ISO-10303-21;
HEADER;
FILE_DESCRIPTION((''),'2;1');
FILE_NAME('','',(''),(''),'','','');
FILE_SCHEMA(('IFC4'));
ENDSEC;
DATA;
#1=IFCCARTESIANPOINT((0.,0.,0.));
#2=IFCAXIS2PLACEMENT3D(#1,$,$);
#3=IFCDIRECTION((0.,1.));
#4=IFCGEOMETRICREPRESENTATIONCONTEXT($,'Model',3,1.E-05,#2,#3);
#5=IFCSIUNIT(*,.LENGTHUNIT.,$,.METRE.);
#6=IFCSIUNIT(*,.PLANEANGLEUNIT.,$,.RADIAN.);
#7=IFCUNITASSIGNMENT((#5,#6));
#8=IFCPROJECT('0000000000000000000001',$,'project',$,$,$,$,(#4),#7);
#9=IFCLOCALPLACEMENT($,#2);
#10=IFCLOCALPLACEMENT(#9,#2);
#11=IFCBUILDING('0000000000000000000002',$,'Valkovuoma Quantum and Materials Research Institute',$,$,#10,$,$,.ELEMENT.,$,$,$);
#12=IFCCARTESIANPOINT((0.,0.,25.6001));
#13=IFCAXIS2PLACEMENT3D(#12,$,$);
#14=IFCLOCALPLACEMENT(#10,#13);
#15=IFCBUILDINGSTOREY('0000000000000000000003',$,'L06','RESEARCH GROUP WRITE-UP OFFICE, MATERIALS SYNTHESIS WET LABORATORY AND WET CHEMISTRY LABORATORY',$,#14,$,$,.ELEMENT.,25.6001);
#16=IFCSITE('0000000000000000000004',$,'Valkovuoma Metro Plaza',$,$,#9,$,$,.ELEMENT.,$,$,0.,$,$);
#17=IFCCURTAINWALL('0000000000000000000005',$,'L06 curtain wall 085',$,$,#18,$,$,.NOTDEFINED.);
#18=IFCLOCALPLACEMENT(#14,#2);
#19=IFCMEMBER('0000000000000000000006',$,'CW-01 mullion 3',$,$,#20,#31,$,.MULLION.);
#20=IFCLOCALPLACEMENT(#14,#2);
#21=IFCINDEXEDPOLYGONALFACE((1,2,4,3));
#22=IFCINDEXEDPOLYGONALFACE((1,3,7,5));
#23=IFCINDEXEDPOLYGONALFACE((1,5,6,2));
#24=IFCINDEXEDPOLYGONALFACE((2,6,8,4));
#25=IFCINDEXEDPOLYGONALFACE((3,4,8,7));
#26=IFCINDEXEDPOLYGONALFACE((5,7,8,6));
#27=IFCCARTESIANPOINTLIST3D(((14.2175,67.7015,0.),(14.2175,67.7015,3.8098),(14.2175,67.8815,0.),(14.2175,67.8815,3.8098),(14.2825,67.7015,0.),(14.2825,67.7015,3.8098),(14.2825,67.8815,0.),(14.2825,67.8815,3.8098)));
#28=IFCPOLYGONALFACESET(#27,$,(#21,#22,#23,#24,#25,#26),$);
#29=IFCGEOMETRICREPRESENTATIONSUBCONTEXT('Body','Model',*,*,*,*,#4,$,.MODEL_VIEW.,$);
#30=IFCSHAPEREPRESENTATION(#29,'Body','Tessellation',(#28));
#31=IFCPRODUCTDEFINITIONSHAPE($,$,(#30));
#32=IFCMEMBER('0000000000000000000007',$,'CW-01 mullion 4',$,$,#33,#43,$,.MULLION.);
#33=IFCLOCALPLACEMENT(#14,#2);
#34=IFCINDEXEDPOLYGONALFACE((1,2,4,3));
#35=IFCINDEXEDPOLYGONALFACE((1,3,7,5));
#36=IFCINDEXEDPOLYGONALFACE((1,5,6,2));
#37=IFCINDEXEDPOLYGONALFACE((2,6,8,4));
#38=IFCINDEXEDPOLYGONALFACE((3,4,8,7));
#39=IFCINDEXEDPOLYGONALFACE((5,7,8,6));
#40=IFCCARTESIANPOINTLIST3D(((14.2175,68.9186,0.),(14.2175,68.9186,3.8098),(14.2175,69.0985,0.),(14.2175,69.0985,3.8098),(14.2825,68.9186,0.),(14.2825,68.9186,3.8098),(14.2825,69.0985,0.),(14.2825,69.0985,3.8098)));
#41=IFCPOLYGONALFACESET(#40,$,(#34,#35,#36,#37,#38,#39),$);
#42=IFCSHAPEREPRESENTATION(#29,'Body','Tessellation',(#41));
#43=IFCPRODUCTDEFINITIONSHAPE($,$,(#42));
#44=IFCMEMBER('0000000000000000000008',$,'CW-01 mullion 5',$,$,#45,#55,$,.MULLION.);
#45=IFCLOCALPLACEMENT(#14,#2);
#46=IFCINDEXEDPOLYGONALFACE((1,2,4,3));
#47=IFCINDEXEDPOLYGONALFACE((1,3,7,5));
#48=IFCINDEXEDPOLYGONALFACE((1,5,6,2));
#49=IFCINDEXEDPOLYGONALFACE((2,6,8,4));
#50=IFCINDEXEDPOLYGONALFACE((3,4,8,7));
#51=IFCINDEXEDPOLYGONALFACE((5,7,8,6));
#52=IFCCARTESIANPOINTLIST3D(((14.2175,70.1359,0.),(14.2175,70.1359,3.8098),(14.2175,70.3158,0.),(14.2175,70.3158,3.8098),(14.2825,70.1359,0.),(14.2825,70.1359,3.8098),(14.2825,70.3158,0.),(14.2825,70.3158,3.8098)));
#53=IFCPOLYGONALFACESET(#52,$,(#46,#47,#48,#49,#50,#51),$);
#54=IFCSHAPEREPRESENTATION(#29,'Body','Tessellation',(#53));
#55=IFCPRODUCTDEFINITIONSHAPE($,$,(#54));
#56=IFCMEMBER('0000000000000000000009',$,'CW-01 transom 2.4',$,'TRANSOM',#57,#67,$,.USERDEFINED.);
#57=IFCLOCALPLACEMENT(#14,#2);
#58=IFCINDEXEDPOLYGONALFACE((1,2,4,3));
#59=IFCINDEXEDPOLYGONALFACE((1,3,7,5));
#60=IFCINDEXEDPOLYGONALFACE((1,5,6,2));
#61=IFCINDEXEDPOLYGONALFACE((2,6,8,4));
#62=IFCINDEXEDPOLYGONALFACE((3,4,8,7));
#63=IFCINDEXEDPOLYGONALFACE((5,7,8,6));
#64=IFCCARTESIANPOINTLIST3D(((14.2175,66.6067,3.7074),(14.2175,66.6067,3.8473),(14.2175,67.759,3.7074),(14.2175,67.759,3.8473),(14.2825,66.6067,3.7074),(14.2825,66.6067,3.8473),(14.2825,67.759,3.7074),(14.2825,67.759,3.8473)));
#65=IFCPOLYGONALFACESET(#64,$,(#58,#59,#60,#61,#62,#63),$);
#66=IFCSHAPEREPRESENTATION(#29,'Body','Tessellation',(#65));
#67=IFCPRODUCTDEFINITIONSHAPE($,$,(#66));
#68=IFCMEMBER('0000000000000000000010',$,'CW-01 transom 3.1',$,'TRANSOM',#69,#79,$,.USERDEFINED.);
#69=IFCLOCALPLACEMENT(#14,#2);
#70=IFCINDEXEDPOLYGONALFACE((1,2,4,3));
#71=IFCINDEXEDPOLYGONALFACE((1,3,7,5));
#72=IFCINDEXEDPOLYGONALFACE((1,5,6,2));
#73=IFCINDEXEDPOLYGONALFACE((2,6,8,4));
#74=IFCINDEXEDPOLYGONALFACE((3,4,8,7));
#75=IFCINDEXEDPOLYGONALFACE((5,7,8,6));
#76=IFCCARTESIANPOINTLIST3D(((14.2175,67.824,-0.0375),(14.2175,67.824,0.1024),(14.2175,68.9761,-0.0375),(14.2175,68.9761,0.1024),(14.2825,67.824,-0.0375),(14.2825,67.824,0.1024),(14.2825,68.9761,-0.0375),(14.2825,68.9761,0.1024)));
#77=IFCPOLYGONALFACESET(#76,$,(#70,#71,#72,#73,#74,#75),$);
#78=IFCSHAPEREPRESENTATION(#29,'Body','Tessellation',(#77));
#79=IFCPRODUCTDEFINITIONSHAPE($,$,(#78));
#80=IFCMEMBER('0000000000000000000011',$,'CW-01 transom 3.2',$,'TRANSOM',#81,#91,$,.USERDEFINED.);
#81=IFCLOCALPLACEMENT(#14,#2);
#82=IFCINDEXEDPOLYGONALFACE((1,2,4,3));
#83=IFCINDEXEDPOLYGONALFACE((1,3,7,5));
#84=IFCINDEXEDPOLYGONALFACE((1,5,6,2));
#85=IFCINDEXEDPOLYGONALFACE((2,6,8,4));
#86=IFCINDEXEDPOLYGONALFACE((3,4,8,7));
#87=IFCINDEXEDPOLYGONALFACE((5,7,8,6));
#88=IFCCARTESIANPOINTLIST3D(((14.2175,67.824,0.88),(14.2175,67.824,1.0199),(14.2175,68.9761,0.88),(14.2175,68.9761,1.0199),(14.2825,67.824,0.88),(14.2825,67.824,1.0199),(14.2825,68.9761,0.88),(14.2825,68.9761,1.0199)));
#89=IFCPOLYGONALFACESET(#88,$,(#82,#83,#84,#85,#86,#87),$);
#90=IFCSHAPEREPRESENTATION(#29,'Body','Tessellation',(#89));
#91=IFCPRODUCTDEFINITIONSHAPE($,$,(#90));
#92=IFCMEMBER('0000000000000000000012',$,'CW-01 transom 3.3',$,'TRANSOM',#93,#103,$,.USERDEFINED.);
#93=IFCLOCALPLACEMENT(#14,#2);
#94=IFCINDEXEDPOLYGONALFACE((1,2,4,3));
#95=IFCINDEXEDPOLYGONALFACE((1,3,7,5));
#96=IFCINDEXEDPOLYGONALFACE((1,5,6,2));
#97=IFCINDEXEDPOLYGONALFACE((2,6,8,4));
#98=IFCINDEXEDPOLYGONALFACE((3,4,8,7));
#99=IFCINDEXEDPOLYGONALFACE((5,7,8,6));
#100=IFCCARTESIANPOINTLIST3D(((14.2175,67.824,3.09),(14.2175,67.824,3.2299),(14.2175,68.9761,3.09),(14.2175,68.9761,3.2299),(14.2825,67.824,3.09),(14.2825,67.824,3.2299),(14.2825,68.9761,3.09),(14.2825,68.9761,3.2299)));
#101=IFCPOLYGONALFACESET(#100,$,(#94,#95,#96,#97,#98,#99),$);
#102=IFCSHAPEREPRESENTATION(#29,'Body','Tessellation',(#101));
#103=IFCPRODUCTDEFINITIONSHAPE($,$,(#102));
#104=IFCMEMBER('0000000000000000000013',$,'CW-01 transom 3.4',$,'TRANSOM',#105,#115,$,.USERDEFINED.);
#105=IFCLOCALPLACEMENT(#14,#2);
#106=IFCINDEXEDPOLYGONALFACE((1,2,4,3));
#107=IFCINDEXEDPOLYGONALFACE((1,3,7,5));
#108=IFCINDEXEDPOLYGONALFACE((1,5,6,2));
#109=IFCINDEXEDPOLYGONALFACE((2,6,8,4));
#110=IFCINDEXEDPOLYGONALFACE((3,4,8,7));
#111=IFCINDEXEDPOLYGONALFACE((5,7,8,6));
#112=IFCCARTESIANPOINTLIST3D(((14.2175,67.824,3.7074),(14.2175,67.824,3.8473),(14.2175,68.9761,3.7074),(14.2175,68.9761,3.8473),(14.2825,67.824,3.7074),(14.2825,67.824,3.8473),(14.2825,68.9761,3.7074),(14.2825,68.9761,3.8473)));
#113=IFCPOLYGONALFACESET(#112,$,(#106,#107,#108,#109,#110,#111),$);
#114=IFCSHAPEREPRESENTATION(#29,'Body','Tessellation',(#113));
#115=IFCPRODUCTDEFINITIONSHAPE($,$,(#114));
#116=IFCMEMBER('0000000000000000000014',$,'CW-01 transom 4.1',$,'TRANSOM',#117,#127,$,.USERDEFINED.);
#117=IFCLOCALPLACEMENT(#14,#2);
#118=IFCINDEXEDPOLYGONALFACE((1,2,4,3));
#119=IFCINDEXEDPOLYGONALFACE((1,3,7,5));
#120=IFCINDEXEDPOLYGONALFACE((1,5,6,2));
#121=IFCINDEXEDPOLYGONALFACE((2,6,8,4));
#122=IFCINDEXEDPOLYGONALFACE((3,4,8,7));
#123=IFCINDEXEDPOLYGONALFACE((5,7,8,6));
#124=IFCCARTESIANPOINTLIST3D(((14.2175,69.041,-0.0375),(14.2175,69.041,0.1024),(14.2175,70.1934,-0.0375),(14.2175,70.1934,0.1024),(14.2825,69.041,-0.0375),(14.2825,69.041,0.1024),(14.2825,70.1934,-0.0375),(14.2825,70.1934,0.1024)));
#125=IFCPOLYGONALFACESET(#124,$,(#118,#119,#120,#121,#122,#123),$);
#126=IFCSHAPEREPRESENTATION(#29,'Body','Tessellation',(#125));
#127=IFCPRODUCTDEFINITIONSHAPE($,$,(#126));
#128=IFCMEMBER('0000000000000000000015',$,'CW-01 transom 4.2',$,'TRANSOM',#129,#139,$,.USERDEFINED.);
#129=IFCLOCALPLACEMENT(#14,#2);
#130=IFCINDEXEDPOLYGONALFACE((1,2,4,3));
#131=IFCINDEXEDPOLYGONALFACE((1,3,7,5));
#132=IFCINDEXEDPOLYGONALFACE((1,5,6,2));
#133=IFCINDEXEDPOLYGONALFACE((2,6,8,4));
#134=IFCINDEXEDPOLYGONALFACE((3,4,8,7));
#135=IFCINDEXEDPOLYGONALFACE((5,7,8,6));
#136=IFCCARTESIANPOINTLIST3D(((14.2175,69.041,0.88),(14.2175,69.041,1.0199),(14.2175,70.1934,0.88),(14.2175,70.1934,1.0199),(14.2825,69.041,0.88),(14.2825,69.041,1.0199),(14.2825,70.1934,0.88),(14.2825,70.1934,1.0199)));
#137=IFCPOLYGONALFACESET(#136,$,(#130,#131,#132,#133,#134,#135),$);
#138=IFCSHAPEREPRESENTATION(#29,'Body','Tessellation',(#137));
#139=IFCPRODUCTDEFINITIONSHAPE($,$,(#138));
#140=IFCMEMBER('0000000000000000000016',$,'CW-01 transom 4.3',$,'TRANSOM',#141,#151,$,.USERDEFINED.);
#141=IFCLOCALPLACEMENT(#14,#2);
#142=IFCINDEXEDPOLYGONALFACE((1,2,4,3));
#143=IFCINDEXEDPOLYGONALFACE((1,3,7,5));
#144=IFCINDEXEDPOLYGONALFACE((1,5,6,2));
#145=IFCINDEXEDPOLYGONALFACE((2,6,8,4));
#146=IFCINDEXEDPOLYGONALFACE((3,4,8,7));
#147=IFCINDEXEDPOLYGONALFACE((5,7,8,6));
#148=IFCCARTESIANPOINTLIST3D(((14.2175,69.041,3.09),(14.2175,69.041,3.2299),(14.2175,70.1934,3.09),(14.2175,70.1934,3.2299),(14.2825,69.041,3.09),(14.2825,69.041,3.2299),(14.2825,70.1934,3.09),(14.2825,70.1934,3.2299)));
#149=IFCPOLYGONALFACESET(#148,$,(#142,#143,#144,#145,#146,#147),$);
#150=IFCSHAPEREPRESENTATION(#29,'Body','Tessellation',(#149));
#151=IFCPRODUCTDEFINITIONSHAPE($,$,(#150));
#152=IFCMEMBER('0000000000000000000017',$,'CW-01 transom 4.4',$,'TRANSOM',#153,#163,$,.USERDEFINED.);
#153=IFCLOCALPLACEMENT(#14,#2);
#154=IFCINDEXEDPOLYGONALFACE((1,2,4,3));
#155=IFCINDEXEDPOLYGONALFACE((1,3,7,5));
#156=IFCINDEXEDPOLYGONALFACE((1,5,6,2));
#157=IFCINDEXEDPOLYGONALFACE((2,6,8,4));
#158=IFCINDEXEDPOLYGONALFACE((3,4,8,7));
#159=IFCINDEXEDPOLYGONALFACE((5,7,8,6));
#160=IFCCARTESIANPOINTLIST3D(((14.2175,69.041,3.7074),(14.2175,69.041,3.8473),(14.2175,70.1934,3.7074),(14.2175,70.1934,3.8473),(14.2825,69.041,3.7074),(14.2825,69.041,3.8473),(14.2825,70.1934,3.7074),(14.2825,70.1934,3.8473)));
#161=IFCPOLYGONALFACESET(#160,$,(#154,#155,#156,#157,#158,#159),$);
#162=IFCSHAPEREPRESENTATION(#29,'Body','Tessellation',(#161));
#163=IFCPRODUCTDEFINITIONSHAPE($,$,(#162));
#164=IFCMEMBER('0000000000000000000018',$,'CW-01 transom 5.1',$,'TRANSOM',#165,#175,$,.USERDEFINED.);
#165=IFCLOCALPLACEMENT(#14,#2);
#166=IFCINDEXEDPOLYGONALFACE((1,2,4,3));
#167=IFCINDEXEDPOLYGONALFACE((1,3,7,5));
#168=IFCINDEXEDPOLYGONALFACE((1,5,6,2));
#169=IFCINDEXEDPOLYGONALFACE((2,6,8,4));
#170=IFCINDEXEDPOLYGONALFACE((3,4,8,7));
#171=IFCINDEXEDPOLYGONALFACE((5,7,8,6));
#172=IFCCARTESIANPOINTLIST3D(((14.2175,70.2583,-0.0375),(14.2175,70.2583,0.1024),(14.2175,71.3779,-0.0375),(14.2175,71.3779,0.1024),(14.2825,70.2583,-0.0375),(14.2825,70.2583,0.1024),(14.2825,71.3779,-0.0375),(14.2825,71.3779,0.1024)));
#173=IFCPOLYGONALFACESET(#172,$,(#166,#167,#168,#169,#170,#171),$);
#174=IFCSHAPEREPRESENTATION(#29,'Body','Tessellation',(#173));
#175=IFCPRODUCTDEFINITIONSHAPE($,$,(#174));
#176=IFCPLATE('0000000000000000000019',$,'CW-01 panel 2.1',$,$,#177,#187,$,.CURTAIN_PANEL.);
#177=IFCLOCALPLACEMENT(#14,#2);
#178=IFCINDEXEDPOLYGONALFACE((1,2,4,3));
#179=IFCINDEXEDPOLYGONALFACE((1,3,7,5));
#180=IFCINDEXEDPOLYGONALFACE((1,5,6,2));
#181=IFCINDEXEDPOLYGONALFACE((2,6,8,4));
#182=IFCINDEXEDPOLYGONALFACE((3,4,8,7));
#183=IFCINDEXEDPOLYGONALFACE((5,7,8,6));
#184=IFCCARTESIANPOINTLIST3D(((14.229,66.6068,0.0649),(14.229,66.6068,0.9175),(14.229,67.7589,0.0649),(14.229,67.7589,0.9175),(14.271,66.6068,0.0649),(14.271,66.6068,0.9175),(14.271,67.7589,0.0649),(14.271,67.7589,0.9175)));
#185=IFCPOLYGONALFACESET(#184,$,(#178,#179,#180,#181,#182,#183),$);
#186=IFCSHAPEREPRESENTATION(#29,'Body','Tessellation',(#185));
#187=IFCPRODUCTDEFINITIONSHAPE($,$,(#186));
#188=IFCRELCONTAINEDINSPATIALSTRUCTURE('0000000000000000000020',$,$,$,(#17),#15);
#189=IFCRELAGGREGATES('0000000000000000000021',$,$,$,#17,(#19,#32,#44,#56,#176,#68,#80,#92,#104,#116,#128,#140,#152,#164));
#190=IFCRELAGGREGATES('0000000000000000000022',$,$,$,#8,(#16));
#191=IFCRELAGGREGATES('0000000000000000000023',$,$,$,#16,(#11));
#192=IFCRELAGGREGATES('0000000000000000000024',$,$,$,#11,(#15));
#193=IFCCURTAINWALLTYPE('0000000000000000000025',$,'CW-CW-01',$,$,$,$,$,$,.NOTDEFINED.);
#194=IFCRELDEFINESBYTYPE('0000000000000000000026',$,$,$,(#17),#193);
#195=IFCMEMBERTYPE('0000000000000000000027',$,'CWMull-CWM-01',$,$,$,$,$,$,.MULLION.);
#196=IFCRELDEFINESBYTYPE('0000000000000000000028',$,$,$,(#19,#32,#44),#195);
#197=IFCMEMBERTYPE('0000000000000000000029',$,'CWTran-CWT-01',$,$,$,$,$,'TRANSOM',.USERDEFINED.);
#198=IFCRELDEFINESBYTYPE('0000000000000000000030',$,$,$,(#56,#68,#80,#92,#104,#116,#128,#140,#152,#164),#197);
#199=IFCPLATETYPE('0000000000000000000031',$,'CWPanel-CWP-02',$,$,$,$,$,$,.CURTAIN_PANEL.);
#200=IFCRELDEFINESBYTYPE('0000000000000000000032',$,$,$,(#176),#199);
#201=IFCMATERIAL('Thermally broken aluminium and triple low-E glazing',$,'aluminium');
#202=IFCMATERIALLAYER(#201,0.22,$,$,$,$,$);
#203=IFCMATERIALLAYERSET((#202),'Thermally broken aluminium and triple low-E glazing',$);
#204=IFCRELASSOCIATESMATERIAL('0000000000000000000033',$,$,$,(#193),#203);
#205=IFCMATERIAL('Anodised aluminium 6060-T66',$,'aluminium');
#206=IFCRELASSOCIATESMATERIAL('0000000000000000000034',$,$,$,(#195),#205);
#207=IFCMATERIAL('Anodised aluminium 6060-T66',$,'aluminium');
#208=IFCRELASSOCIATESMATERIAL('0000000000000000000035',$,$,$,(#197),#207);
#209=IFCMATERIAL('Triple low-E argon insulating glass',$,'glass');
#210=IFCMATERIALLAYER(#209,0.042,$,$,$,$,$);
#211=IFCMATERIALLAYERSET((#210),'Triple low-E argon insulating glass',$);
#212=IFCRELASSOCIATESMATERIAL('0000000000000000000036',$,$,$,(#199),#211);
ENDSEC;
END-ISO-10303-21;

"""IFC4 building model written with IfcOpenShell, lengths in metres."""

from ifc_helpers import new_model, si_unit, direction, frame, origin, origin_2d, place, context, subcontext, project, spatial, rectangle, extrude, material, layer, layer_set, material_profile, profile_set, type_object, element, aggregate, save


model = new_model("IFC4")

# Units and contexts
model_context = context("Model", 3, precision=1e-05, world=origin(), true_north=direction((0.0, 1.0)))
body_context = subcontext(model_context, "Body", "Model", "MODEL_VIEW")
ifc_project = project(units=[si_unit("LENGTHUNIT", "METRE"), si_unit("PLANEANGLEUNIT", "RADIAN")], contexts=[model_context])

# Site, building, storey
site_placement = place(None, origin())
site = spatial("IfcSite", under=ifc_project, at=site_placement, Name="Valkovuoma Metro Plaza", CompositionType="ELEMENT", RefElevation=0.0)
building_placement = place(site_placement, origin())
building = spatial("IfcBuilding", under=site, at=building_placement, Name="Valkovuoma Quantum and Materials Research Institute", CompositionType="ELEMENT")
storey_placement = place(building_placement, frame((0.0, 0.0, 25.6001)))
storey = spatial("IfcBuildingStorey", under=building, at=storey_placement, Name="L06", Description="RESEARCH GROUP WRITE-UP OFFICE, MATERIALS SYNTHESIS WET LABORATORY AND WET CHEMISTRY LABORATORY", CompositionType="ELEMENT", Elevation=25.6001)

# Curtain wall, members, plate
ifc_material_1 = material(Name="Thermally broken aluminium and triple low-E glazing", Category="aluminium")
ifc_layer_1 = layer(ifc_material_1, 0.22)
ifc_layer_set_1 = layer_set([ifc_layer_1], Name="Thermally broken aluminium and triple low-E glazing")
curtain_wall_type = type_object("IfcCurtainWallType", Name="CW-CW-01", PredefinedType="NOTDEFINED", material=ifc_layer_set_1)
curtain_wall_placement = place(storey_placement, origin())
curtain_wall = element("IfcCurtainWall", 1, at=curtain_wall_placement, inside=storey, type_object=curtain_wall_type, Name="L06 curtain wall 085", PredefinedType="NOTDEFINED")
ifc_material_2 = material(Name="Anodised aluminium 6060-T66", Category="aluminium")
ifc_material_profile_1 = material_profile(ifc_material_2, rectangle(XDim=0.0649, YDim=0.1799, at=origin_2d()), Name="Anodised aluminium 6060-T66")
ifc_profile_set_1 = profile_set([ifc_material_profile_1], Name="Anodised aluminium 6060-T66")
member_type_1 = type_object("IfcMemberType", Name="CWMull-CWM-01", PredefinedType="MULLION", material=ifc_profile_set_1)
member_1_placement = place(storey_placement, frame((14.25, 67.7915, 0.0), z_axis=(0.0, 0.0, 1.0), x_axis=(-1.0, 0.0, 0.0)))
member_1 = element("IfcMember", 2, at=member_1_placement, type_object=member_type_1, Name="CW-01 mullion 3", PredefinedType="MULLION", context=body_context, shape_type="SweptSolid", body=[
    extrude(rectangle(XDim=0.0649, YDim=0.1799, at=origin_2d()), origin(), (0.0, 0.0, 1.0), 3.8098),
])
member_2_placement = place(storey_placement, frame((14.25, 69.0085, 0.0), z_axis=(0.0, 0.0, 1.0), x_axis=(-1.0, 0.0, 0.0)))
member_2 = element("IfcMember", 3, at=member_2_placement, type_object=member_type_1, Name="CW-01 mullion 4", PredefinedType="MULLION", context=body_context, shape_type="SweptSolid", body=[
    extrude(rectangle(XDim=0.0649, YDim=0.1799, at=origin_2d()), origin(), (0.0, 0.0, 1.0), 3.8098),
])
member_3_placement = place(storey_placement, frame((14.25, 70.2258, 0.0), z_axis=(0.0, 0.0, 1.0), x_axis=(-1.0, 0.0, 0.0)))
member_3 = element("IfcMember", 4, at=member_3_placement, type_object=member_type_1, Name="CW-01 mullion 5", PredefinedType="MULLION", context=body_context, shape_type="SweptSolid", body=[
    extrude(rectangle(XDim=0.0649, YDim=0.1799, at=origin_2d()), origin(), (0.0, 0.0, 1.0), 3.8098),
])
ifc_material_3 = material(Name="Anodised aluminium 6060-T66", Category="aluminium")
ifc_material_profile_2 = material_profile(ifc_material_3, rectangle(XDim=0.0649, YDim=0.1399, at=origin_2d()), Name="Anodised aluminium 6060-T66")
ifc_profile_set_2 = profile_set([ifc_material_profile_2], Name="Anodised aluminium 6060-T66")
member_type_2 = type_object("IfcMemberType", Name="CWTran-CWT-01", ElementType="TRANSOM", PredefinedType="USERDEFINED", material=ifc_profile_set_2)
member_4_placement = place(storey_placement, frame((14.25, 66.6067, 3.7773), z_axis=(0.0, 1.0, 0.0), x_axis=(-1.0, 0.0, 0.0)))
member_4 = element("IfcMember", 5, at=member_4_placement, type_object=member_type_2, Name="CW-01 transom 2.4", ObjectType="TRANSOM", PredefinedType="USERDEFINED", context=body_context, shape_type="SweptSolid", body=[
    extrude(rectangle(XDim=0.0649, YDim=0.1399, at=origin_2d()), origin(), (0.0, 0.0, 1.0), 1.1523),
])
member_5_placement = place(storey_placement, frame((14.25, 67.824, 0.0325), z_axis=(0.0, 1.0, 0.0), x_axis=(-1.0, 0.0, 0.0)))
member_5 = element("IfcMember", 6, at=member_5_placement, type_object=member_type_2, Name="CW-01 transom 3.1", ObjectType="TRANSOM", PredefinedType="USERDEFINED", context=body_context, shape_type="SweptSolid", body=[
    extrude(rectangle(XDim=0.0649, YDim=0.1399, at=origin_2d()), origin(), (0.0, 0.0, 1.0), 1.1521),
])
member_6_placement = place(storey_placement, frame((14.25, 67.824, 0.95), z_axis=(0.0, 1.0, 0.0), x_axis=(-1.0, 0.0, 0.0)))
member_6 = element("IfcMember", 7, at=member_6_placement, type_object=member_type_2, Name="CW-01 transom 3.2", ObjectType="TRANSOM", PredefinedType="USERDEFINED", context=body_context, shape_type="SweptSolid", body=[
    extrude(rectangle(XDim=0.0649, YDim=0.1399, at=origin_2d()), origin(), (0.0, 0.0, 1.0), 1.1521),
])
member_7_placement = place(storey_placement, frame((14.25, 67.824, 3.1599), z_axis=(0.0, 1.0, 0.0), x_axis=(-1.0, 0.0, 0.0)))
member_7 = element("IfcMember", 8, at=member_7_placement, type_object=member_type_2, Name="CW-01 transom 3.3", ObjectType="TRANSOM", PredefinedType="USERDEFINED", context=body_context, shape_type="SweptSolid", body=[
    extrude(rectangle(XDim=0.0649, YDim=0.1399, at=origin_2d()), origin(), (0.0, 0.0, 1.0), 1.1521),
])
member_8_placement = place(storey_placement, frame((14.25, 67.824, 3.7773), z_axis=(0.0, 1.0, 0.0), x_axis=(-1.0, 0.0, 0.0)))
member_8 = element("IfcMember", 9, at=member_8_placement, type_object=member_type_2, Name="CW-01 transom 3.4", ObjectType="TRANSOM", PredefinedType="USERDEFINED", context=body_context, shape_type="SweptSolid", body=[
    extrude(rectangle(XDim=0.0649, YDim=0.1399, at=origin_2d()), origin(), (0.0, 0.0, 1.0), 1.1521),
])
member_9_placement = place(storey_placement, frame((14.25, 69.041, 0.0325), z_axis=(0.0, 1.0, 0.0), x_axis=(-1.0, 0.0, 0.0)))
member_9 = element("IfcMember", 10, at=member_9_placement, type_object=member_type_2, Name="CW-01 transom 4.1", ObjectType="TRANSOM", PredefinedType="USERDEFINED", context=body_context, shape_type="SweptSolid", body=[
    extrude(rectangle(XDim=0.0649, YDim=0.1399, at=origin_2d()), origin(), (0.0, 0.0, 1.0), 1.1523),
])
member_10_placement = place(storey_placement, frame((14.25, 69.041, 0.95), z_axis=(0.0, 1.0, 0.0), x_axis=(-1.0, 0.0, 0.0)))
member_10 = element("IfcMember", 11, at=member_10_placement, type_object=member_type_2, Name="CW-01 transom 4.2", ObjectType="TRANSOM", PredefinedType="USERDEFINED", context=body_context, shape_type="SweptSolid", body=[
    extrude(rectangle(XDim=0.0649, YDim=0.1399, at=origin_2d()), origin(), (0.0, 0.0, 1.0), 1.1523),
])
member_11_placement = place(storey_placement, frame((14.25, 69.041, 3.1599), z_axis=(0.0, 1.0, 0.0), x_axis=(-1.0, 0.0, 0.0)))
member_11 = element("IfcMember", 12, at=member_11_placement, type_object=member_type_2, Name="CW-01 transom 4.3", ObjectType="TRANSOM", PredefinedType="USERDEFINED", context=body_context, shape_type="SweptSolid", body=[
    extrude(rectangle(XDim=0.0649, YDim=0.1399, at=origin_2d()), origin(), (0.0, 0.0, 1.0), 1.1523),
])
member_12_placement = place(storey_placement, frame((14.25, 69.041, 3.7773), z_axis=(0.0, 1.0, 0.0), x_axis=(-1.0, 0.0, 0.0)))
member_12 = element("IfcMember", 13, at=member_12_placement, type_object=member_type_2, Name="CW-01 transom 4.4", ObjectType="TRANSOM", PredefinedType="USERDEFINED", context=body_context, shape_type="SweptSolid", body=[
    extrude(rectangle(XDim=0.0649, YDim=0.1399, at=origin_2d()), origin(), (0.0, 0.0, 1.0), 1.1523),
])
member_13_placement = place(storey_placement, frame((14.25, 70.2583, 0.0325), z_axis=(0.0, 1.0, 0.0), x_axis=(-1.0, 0.0, 0.0)))
member_13 = element("IfcMember", 14, at=member_13_placement, type_object=member_type_2, Name="CW-01 transom 5.1", ObjectType="TRANSOM", PredefinedType="USERDEFINED", context=body_context, shape_type="SweptSolid", body=[
    extrude(rectangle(XDim=0.0649, YDim=0.1399, at=origin_2d()), origin(), (0.0, 0.0, 1.0), 1.1196),
])
ifc_material_4 = material(Name="Triple low-E argon insulating glass", Category="glass")
ifc_layer_2 = layer(ifc_material_4, 0.042)
ifc_layer_set_2 = layer_set([ifc_layer_2], Name="Triple low-E argon insulating glass")
plate_type = type_object("IfcPlateType", Name="CWPanel-CWP-02", PredefinedType="CURTAIN_PANEL", material=ifc_layer_set_2)
plate_1_placement = place(storey_placement, frame((14.25, 67.1829, 0.0649), z_axis=(0.0, 0.0, 1.0), x_axis=(0.0, 1.0, 0.0)))
plate_1 = element("IfcPlate", 15, at=plate_1_placement, type_object=plate_type, Name="CW-01 panel 2.1", PredefinedType="CURTAIN_PANEL", context=body_context, shape_type="SweptSolid", body=[
    extrude(rectangle(XDim=1.1521, YDim=0.042, at=origin_2d()), origin(), (0.0, 0.0, 1.0), 0.8525),
])
aggregate(curtain_wall, [member_1, member_2, member_3, member_4, plate_1, member_5, member_6, member_7, member_8, member_9, member_10, member_11, member_12, member_13])

save(model, "model.ifc")
